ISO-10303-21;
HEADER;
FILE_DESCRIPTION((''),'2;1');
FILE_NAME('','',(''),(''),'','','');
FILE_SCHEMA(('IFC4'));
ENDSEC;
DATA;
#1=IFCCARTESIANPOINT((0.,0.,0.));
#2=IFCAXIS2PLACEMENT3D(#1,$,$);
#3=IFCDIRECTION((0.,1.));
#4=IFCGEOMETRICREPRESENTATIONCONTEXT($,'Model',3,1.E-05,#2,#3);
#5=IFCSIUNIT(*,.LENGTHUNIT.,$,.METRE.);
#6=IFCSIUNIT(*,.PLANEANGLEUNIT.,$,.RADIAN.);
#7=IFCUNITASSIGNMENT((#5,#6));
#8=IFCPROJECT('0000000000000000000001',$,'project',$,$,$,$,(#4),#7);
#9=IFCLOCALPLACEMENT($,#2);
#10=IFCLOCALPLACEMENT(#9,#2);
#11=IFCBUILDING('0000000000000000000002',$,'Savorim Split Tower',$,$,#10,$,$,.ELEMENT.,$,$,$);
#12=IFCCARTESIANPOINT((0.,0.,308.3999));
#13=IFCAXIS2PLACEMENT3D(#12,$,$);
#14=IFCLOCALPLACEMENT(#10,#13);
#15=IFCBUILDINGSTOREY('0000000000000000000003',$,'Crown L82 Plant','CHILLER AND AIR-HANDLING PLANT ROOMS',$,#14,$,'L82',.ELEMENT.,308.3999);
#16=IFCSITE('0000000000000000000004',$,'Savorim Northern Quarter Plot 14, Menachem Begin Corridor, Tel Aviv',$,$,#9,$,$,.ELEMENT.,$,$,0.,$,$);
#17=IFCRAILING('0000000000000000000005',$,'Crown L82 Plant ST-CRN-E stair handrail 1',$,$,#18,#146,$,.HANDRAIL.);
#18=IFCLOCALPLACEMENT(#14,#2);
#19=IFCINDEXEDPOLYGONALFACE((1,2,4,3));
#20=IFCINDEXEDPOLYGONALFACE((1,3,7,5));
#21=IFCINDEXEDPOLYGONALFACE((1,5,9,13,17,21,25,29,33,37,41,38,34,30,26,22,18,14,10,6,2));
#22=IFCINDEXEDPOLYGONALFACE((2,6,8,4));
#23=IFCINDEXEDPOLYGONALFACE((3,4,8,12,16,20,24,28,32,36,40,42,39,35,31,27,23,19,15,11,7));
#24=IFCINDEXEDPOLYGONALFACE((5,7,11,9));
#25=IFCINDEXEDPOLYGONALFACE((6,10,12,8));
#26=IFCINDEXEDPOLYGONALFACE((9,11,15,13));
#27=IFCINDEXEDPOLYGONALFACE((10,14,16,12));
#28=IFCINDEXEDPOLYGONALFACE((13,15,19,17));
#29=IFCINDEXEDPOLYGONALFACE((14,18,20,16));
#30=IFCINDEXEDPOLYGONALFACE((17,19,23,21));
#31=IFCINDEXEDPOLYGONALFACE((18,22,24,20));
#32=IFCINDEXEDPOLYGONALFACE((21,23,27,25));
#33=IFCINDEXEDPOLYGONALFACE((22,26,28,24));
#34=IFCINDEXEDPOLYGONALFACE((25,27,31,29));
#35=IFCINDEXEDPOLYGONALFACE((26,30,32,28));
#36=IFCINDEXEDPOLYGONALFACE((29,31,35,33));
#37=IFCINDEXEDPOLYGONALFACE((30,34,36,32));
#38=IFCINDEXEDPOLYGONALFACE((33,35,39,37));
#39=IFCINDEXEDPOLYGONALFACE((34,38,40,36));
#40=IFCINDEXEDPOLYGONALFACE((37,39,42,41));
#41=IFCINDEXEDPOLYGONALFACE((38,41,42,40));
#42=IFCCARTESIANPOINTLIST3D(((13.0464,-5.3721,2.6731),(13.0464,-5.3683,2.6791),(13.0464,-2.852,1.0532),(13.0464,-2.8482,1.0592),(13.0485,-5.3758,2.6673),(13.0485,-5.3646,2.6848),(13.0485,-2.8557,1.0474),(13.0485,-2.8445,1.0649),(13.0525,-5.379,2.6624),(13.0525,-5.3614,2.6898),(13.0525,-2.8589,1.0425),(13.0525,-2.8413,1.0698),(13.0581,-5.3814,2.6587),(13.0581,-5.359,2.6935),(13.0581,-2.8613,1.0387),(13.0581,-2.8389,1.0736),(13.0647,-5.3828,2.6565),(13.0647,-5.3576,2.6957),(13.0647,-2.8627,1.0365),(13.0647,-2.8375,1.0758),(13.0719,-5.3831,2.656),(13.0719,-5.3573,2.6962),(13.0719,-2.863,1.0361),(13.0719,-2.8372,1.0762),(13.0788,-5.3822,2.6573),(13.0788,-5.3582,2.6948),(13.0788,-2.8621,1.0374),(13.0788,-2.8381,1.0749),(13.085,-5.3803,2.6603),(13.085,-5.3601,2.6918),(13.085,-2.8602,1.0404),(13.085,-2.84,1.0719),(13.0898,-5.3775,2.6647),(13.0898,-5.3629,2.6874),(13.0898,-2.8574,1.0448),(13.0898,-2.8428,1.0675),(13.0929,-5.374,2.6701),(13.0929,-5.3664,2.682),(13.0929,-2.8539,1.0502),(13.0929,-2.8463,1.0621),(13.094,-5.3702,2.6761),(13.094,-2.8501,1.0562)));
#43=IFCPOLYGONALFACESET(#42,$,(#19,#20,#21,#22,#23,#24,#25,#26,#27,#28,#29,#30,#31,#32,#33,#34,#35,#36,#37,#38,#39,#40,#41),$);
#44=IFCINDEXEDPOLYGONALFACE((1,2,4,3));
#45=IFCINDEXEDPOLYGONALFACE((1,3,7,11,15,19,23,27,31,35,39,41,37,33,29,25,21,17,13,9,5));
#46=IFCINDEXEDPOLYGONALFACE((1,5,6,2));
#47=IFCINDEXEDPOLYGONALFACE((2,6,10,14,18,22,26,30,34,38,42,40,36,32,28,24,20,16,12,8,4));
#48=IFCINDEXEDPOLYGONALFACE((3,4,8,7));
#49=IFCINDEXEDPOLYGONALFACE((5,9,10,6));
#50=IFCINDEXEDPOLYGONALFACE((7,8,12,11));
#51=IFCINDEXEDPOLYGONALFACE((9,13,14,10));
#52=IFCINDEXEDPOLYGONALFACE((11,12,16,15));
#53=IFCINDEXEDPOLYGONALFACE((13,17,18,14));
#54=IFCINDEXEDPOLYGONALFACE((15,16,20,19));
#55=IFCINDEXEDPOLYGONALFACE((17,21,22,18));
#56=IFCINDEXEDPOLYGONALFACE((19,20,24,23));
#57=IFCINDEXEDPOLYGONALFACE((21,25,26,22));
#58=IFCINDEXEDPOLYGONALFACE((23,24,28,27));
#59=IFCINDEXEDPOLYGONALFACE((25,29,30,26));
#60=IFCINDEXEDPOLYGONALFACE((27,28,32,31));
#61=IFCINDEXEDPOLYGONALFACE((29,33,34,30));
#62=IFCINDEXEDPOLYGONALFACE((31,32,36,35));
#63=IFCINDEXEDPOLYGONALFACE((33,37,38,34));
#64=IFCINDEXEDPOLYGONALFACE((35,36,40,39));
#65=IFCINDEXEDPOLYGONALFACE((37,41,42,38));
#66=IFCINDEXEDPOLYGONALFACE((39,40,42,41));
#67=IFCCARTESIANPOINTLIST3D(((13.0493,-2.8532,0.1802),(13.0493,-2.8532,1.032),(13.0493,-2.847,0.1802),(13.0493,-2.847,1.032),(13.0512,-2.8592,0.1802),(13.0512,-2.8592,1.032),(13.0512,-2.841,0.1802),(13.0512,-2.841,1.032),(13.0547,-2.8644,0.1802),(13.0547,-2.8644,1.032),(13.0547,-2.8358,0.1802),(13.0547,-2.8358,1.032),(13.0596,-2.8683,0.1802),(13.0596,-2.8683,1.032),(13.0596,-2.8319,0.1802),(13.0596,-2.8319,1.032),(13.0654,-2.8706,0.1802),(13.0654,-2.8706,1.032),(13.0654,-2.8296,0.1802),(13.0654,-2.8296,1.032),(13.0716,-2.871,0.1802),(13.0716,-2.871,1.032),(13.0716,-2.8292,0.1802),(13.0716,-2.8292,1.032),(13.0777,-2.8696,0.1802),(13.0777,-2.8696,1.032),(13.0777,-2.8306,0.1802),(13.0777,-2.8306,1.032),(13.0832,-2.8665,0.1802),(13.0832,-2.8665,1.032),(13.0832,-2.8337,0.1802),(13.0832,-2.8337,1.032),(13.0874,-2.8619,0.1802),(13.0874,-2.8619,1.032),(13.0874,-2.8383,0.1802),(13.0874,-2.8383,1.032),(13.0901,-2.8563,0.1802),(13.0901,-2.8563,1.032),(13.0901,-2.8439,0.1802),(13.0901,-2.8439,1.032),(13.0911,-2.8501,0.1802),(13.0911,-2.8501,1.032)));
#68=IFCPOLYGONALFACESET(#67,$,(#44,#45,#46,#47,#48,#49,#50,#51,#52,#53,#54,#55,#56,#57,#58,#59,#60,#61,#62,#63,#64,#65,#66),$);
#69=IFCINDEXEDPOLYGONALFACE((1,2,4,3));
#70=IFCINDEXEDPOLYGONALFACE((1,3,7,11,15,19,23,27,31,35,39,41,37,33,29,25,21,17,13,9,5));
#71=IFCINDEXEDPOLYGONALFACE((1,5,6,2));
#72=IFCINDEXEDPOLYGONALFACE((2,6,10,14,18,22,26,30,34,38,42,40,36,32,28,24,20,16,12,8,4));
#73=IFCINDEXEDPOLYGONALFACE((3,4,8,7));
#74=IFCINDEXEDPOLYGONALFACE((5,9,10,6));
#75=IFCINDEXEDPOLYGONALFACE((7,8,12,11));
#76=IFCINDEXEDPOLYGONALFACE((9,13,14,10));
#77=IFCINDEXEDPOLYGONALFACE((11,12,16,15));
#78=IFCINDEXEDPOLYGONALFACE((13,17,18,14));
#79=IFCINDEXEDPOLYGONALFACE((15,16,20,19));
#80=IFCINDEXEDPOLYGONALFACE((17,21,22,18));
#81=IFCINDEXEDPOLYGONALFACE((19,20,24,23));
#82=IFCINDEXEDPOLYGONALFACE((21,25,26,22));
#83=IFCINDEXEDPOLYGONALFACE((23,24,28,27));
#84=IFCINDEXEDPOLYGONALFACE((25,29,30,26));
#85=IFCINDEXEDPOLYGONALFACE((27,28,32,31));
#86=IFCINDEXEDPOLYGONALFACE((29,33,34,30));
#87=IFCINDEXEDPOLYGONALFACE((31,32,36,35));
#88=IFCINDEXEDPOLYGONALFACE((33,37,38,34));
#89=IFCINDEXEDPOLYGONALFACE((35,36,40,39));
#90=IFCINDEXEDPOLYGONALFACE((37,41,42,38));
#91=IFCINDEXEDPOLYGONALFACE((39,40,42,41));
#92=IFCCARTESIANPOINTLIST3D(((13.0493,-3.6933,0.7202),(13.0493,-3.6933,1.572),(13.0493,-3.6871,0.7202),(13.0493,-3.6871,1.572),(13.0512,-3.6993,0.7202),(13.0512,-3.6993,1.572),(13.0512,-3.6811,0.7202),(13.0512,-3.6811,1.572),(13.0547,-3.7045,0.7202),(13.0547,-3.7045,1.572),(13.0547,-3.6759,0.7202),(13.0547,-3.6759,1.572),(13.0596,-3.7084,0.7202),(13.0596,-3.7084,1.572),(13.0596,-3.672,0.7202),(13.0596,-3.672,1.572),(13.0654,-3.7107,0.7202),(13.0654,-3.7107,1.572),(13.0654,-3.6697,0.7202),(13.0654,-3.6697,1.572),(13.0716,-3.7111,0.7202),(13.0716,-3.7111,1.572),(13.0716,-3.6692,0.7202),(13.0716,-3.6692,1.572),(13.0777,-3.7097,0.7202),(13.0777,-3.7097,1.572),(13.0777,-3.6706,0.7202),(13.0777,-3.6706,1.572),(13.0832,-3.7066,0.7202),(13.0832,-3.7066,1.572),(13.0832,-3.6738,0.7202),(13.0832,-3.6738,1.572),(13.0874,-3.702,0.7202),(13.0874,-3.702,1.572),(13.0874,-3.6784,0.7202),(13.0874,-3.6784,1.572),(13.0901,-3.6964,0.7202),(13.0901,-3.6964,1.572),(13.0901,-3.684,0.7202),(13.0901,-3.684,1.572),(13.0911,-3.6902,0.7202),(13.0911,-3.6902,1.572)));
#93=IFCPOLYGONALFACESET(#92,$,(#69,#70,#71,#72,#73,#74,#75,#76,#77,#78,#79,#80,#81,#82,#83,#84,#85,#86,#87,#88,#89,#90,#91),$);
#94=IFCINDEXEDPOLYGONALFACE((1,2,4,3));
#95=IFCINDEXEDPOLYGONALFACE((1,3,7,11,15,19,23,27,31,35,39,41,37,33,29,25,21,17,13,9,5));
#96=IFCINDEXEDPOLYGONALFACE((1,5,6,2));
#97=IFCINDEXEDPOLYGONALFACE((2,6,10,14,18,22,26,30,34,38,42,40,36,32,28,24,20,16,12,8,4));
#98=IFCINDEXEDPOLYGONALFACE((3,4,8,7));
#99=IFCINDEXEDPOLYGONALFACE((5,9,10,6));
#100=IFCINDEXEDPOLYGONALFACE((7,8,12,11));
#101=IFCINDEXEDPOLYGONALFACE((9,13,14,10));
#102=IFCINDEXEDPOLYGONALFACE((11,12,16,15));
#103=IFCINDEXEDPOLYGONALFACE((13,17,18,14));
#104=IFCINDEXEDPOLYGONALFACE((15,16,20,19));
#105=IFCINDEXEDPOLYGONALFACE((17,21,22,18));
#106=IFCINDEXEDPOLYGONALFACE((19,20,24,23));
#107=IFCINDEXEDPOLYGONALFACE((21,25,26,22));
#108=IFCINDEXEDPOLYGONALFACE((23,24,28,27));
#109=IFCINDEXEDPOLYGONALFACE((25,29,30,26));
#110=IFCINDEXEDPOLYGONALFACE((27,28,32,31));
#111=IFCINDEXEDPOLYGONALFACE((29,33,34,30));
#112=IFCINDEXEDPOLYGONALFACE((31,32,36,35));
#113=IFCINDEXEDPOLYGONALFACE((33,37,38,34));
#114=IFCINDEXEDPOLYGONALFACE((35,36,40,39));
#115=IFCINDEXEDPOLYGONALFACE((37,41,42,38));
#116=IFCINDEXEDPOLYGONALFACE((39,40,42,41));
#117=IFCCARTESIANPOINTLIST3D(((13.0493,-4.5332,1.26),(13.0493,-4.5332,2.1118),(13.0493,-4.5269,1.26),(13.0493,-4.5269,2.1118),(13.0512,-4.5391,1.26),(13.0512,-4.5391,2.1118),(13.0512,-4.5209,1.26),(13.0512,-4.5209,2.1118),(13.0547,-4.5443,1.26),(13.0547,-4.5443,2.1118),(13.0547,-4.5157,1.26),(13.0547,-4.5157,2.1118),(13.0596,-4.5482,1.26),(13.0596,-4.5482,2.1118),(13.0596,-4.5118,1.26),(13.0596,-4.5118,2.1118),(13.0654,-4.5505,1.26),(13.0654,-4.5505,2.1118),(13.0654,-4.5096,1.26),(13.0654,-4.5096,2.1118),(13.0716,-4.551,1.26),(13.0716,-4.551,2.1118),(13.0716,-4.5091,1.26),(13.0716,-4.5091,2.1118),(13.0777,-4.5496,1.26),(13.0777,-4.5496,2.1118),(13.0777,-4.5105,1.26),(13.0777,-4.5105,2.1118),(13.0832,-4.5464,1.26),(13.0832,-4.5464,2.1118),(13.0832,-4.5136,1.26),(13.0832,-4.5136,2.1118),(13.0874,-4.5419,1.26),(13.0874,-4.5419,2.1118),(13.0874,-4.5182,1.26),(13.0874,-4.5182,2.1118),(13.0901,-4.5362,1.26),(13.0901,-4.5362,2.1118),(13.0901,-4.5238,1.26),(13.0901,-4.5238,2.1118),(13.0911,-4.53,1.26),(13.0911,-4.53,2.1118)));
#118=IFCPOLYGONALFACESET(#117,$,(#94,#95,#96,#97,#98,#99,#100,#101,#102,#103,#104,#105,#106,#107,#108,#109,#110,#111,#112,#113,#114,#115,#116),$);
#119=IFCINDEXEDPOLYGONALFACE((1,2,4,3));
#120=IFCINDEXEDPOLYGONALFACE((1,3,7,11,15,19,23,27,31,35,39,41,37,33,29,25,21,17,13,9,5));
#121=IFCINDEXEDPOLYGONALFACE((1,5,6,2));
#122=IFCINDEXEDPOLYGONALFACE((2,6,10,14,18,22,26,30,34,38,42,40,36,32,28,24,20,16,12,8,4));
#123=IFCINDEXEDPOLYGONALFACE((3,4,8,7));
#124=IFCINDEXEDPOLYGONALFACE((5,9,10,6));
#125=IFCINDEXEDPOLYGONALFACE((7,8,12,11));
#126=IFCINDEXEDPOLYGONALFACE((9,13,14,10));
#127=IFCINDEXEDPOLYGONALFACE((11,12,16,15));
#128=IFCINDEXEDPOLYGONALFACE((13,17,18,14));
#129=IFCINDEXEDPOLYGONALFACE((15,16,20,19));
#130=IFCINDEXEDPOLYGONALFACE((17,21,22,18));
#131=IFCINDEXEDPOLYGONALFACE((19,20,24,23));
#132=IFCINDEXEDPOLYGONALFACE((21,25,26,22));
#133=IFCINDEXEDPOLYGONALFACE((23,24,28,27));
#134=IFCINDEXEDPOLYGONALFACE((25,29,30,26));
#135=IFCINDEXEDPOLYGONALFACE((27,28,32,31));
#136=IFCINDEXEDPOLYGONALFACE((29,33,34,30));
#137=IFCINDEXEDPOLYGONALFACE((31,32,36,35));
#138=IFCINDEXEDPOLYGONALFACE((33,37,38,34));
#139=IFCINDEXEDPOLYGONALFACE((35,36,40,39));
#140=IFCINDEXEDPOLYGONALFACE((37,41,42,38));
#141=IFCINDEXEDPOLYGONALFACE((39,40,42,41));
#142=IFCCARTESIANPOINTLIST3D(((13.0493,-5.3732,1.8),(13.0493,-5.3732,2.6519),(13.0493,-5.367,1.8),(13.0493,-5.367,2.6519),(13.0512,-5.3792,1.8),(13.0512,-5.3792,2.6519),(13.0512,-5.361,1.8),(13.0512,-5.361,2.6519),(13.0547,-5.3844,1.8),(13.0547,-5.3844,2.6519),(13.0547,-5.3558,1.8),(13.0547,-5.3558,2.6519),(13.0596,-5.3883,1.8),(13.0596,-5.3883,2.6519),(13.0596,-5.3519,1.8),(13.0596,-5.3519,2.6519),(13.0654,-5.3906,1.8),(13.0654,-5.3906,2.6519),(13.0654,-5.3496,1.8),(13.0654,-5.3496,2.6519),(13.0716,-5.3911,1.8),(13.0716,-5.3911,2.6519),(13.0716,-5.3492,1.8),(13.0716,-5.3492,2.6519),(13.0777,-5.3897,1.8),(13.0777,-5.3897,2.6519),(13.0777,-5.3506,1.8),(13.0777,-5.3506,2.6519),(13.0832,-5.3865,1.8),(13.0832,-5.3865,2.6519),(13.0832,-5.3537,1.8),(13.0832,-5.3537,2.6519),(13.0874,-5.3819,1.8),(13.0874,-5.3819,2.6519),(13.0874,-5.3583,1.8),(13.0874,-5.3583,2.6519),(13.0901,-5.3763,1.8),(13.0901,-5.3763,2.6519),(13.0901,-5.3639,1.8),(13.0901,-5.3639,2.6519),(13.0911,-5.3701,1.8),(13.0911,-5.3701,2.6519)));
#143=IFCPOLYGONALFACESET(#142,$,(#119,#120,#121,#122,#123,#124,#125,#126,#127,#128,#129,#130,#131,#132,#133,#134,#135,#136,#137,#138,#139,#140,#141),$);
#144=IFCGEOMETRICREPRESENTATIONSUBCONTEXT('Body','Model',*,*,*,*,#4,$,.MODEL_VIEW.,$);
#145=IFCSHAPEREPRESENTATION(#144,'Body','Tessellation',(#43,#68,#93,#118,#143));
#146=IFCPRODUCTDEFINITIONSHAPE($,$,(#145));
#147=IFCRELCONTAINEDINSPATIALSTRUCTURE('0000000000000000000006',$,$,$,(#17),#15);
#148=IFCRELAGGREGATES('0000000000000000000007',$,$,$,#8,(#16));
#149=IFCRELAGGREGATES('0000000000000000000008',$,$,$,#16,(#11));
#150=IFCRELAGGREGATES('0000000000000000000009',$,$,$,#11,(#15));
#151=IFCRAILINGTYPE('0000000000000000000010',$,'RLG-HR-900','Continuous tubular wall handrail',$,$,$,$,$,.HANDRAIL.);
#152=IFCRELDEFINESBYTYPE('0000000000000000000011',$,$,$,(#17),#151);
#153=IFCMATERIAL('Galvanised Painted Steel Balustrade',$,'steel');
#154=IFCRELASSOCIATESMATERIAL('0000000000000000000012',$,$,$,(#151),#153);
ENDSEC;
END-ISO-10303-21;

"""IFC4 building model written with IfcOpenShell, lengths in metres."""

from ifc_helpers import new_model, si_unit, direction, frame, origin, origin_2d, place, context, subcontext, project, spatial, circle, extrude, material, type_object, element, save


model = new_model("IFC4")

# Units and contexts
model_context = context("Model", 3, precision=1e-05, world=origin(), true_north=direction((0.0, 1.0)))
body_context = subcontext(model_context, "Body", "Model", "MODEL_VIEW")
ifc_project = project(units=[si_unit("LENGTHUNIT", "METRE"), si_unit("PLANEANGLEUNIT", "RADIAN")], contexts=[model_context])

# Site, building, storey
site_placement = place(None, origin())
site = spatial("IfcSite", under=ifc_project, at=site_placement, Name="Savorim Northern Quarter Plot 14, Menachem Begin Corridor, Tel Aviv", CompositionType="ELEMENT", RefElevation=0.0)
building_placement = place(site_placement, origin())
building = spatial("IfcBuilding", under=site, at=building_placement, Name="Savorim Split Tower", CompositionType="ELEMENT")
storey_placement = place(building_placement, frame((0.0, 0.0, 308.3999)))
storey = spatial("IfcBuildingStorey", under=building, at=storey_placement, Name="Crown L82 Plant", Description="CHILLER AND AIR-HANDLING PLANT ROOMS", LongName="L82", CompositionType="ELEMENT", Elevation=308.3999)

# Railing
ifc_material_1 = material(Name="Galvanised Painted Steel Balustrade", Category="steel")
railing_type_1 = type_object("IfcRailingType", Name="RLG-HR-900", Description="Continuous tubular wall handrail", PredefinedType="HANDRAIL", material=ifc_material_1)
railing_1_placement = place(storey_placement, frame((13.0701, -2.8501, 0.1802)))
element("IfcRailing", 1, at=railing_1_placement, inside=storey, type_object=railing_type_1, Name="Crown L82 Plant ST-CRN-E stair handrail 1", PredefinedType="HANDRAIL", context=body_context, shape_type="SweptSolid", body=[
    extrude(circle(Radius=0.0239, at=origin_2d()), frame((0.0, 0.0, 0.876), z_axis=(0.0, -0.8412, 0.540725), x_axis=(1.0, 0.0, 0.0)), (0.0, 0.0, 1.0), 2.9958),
    extrude(circle(Radius=0.021, at=origin_2d()), origin(), (0.0, 0.0, 1.0), 0.8518),
    extrude(circle(Radius=0.021, at=origin_2d()), frame((0.0, -0.8401, 0.54)), (0.0, 0.0, 1.0), 0.8518),
    extrude(circle(Radius=0.021, at=origin_2d()), frame((0.0, -1.6799, 1.0798)), (0.0, 0.0, 1.0), 0.8518),
    extrude(circle(Radius=0.021, at=origin_2d()), frame((0.0, -2.52, 1.6199)), (0.0, 0.0, 1.0), 0.8518),
])

save(model, "model.ifc")
